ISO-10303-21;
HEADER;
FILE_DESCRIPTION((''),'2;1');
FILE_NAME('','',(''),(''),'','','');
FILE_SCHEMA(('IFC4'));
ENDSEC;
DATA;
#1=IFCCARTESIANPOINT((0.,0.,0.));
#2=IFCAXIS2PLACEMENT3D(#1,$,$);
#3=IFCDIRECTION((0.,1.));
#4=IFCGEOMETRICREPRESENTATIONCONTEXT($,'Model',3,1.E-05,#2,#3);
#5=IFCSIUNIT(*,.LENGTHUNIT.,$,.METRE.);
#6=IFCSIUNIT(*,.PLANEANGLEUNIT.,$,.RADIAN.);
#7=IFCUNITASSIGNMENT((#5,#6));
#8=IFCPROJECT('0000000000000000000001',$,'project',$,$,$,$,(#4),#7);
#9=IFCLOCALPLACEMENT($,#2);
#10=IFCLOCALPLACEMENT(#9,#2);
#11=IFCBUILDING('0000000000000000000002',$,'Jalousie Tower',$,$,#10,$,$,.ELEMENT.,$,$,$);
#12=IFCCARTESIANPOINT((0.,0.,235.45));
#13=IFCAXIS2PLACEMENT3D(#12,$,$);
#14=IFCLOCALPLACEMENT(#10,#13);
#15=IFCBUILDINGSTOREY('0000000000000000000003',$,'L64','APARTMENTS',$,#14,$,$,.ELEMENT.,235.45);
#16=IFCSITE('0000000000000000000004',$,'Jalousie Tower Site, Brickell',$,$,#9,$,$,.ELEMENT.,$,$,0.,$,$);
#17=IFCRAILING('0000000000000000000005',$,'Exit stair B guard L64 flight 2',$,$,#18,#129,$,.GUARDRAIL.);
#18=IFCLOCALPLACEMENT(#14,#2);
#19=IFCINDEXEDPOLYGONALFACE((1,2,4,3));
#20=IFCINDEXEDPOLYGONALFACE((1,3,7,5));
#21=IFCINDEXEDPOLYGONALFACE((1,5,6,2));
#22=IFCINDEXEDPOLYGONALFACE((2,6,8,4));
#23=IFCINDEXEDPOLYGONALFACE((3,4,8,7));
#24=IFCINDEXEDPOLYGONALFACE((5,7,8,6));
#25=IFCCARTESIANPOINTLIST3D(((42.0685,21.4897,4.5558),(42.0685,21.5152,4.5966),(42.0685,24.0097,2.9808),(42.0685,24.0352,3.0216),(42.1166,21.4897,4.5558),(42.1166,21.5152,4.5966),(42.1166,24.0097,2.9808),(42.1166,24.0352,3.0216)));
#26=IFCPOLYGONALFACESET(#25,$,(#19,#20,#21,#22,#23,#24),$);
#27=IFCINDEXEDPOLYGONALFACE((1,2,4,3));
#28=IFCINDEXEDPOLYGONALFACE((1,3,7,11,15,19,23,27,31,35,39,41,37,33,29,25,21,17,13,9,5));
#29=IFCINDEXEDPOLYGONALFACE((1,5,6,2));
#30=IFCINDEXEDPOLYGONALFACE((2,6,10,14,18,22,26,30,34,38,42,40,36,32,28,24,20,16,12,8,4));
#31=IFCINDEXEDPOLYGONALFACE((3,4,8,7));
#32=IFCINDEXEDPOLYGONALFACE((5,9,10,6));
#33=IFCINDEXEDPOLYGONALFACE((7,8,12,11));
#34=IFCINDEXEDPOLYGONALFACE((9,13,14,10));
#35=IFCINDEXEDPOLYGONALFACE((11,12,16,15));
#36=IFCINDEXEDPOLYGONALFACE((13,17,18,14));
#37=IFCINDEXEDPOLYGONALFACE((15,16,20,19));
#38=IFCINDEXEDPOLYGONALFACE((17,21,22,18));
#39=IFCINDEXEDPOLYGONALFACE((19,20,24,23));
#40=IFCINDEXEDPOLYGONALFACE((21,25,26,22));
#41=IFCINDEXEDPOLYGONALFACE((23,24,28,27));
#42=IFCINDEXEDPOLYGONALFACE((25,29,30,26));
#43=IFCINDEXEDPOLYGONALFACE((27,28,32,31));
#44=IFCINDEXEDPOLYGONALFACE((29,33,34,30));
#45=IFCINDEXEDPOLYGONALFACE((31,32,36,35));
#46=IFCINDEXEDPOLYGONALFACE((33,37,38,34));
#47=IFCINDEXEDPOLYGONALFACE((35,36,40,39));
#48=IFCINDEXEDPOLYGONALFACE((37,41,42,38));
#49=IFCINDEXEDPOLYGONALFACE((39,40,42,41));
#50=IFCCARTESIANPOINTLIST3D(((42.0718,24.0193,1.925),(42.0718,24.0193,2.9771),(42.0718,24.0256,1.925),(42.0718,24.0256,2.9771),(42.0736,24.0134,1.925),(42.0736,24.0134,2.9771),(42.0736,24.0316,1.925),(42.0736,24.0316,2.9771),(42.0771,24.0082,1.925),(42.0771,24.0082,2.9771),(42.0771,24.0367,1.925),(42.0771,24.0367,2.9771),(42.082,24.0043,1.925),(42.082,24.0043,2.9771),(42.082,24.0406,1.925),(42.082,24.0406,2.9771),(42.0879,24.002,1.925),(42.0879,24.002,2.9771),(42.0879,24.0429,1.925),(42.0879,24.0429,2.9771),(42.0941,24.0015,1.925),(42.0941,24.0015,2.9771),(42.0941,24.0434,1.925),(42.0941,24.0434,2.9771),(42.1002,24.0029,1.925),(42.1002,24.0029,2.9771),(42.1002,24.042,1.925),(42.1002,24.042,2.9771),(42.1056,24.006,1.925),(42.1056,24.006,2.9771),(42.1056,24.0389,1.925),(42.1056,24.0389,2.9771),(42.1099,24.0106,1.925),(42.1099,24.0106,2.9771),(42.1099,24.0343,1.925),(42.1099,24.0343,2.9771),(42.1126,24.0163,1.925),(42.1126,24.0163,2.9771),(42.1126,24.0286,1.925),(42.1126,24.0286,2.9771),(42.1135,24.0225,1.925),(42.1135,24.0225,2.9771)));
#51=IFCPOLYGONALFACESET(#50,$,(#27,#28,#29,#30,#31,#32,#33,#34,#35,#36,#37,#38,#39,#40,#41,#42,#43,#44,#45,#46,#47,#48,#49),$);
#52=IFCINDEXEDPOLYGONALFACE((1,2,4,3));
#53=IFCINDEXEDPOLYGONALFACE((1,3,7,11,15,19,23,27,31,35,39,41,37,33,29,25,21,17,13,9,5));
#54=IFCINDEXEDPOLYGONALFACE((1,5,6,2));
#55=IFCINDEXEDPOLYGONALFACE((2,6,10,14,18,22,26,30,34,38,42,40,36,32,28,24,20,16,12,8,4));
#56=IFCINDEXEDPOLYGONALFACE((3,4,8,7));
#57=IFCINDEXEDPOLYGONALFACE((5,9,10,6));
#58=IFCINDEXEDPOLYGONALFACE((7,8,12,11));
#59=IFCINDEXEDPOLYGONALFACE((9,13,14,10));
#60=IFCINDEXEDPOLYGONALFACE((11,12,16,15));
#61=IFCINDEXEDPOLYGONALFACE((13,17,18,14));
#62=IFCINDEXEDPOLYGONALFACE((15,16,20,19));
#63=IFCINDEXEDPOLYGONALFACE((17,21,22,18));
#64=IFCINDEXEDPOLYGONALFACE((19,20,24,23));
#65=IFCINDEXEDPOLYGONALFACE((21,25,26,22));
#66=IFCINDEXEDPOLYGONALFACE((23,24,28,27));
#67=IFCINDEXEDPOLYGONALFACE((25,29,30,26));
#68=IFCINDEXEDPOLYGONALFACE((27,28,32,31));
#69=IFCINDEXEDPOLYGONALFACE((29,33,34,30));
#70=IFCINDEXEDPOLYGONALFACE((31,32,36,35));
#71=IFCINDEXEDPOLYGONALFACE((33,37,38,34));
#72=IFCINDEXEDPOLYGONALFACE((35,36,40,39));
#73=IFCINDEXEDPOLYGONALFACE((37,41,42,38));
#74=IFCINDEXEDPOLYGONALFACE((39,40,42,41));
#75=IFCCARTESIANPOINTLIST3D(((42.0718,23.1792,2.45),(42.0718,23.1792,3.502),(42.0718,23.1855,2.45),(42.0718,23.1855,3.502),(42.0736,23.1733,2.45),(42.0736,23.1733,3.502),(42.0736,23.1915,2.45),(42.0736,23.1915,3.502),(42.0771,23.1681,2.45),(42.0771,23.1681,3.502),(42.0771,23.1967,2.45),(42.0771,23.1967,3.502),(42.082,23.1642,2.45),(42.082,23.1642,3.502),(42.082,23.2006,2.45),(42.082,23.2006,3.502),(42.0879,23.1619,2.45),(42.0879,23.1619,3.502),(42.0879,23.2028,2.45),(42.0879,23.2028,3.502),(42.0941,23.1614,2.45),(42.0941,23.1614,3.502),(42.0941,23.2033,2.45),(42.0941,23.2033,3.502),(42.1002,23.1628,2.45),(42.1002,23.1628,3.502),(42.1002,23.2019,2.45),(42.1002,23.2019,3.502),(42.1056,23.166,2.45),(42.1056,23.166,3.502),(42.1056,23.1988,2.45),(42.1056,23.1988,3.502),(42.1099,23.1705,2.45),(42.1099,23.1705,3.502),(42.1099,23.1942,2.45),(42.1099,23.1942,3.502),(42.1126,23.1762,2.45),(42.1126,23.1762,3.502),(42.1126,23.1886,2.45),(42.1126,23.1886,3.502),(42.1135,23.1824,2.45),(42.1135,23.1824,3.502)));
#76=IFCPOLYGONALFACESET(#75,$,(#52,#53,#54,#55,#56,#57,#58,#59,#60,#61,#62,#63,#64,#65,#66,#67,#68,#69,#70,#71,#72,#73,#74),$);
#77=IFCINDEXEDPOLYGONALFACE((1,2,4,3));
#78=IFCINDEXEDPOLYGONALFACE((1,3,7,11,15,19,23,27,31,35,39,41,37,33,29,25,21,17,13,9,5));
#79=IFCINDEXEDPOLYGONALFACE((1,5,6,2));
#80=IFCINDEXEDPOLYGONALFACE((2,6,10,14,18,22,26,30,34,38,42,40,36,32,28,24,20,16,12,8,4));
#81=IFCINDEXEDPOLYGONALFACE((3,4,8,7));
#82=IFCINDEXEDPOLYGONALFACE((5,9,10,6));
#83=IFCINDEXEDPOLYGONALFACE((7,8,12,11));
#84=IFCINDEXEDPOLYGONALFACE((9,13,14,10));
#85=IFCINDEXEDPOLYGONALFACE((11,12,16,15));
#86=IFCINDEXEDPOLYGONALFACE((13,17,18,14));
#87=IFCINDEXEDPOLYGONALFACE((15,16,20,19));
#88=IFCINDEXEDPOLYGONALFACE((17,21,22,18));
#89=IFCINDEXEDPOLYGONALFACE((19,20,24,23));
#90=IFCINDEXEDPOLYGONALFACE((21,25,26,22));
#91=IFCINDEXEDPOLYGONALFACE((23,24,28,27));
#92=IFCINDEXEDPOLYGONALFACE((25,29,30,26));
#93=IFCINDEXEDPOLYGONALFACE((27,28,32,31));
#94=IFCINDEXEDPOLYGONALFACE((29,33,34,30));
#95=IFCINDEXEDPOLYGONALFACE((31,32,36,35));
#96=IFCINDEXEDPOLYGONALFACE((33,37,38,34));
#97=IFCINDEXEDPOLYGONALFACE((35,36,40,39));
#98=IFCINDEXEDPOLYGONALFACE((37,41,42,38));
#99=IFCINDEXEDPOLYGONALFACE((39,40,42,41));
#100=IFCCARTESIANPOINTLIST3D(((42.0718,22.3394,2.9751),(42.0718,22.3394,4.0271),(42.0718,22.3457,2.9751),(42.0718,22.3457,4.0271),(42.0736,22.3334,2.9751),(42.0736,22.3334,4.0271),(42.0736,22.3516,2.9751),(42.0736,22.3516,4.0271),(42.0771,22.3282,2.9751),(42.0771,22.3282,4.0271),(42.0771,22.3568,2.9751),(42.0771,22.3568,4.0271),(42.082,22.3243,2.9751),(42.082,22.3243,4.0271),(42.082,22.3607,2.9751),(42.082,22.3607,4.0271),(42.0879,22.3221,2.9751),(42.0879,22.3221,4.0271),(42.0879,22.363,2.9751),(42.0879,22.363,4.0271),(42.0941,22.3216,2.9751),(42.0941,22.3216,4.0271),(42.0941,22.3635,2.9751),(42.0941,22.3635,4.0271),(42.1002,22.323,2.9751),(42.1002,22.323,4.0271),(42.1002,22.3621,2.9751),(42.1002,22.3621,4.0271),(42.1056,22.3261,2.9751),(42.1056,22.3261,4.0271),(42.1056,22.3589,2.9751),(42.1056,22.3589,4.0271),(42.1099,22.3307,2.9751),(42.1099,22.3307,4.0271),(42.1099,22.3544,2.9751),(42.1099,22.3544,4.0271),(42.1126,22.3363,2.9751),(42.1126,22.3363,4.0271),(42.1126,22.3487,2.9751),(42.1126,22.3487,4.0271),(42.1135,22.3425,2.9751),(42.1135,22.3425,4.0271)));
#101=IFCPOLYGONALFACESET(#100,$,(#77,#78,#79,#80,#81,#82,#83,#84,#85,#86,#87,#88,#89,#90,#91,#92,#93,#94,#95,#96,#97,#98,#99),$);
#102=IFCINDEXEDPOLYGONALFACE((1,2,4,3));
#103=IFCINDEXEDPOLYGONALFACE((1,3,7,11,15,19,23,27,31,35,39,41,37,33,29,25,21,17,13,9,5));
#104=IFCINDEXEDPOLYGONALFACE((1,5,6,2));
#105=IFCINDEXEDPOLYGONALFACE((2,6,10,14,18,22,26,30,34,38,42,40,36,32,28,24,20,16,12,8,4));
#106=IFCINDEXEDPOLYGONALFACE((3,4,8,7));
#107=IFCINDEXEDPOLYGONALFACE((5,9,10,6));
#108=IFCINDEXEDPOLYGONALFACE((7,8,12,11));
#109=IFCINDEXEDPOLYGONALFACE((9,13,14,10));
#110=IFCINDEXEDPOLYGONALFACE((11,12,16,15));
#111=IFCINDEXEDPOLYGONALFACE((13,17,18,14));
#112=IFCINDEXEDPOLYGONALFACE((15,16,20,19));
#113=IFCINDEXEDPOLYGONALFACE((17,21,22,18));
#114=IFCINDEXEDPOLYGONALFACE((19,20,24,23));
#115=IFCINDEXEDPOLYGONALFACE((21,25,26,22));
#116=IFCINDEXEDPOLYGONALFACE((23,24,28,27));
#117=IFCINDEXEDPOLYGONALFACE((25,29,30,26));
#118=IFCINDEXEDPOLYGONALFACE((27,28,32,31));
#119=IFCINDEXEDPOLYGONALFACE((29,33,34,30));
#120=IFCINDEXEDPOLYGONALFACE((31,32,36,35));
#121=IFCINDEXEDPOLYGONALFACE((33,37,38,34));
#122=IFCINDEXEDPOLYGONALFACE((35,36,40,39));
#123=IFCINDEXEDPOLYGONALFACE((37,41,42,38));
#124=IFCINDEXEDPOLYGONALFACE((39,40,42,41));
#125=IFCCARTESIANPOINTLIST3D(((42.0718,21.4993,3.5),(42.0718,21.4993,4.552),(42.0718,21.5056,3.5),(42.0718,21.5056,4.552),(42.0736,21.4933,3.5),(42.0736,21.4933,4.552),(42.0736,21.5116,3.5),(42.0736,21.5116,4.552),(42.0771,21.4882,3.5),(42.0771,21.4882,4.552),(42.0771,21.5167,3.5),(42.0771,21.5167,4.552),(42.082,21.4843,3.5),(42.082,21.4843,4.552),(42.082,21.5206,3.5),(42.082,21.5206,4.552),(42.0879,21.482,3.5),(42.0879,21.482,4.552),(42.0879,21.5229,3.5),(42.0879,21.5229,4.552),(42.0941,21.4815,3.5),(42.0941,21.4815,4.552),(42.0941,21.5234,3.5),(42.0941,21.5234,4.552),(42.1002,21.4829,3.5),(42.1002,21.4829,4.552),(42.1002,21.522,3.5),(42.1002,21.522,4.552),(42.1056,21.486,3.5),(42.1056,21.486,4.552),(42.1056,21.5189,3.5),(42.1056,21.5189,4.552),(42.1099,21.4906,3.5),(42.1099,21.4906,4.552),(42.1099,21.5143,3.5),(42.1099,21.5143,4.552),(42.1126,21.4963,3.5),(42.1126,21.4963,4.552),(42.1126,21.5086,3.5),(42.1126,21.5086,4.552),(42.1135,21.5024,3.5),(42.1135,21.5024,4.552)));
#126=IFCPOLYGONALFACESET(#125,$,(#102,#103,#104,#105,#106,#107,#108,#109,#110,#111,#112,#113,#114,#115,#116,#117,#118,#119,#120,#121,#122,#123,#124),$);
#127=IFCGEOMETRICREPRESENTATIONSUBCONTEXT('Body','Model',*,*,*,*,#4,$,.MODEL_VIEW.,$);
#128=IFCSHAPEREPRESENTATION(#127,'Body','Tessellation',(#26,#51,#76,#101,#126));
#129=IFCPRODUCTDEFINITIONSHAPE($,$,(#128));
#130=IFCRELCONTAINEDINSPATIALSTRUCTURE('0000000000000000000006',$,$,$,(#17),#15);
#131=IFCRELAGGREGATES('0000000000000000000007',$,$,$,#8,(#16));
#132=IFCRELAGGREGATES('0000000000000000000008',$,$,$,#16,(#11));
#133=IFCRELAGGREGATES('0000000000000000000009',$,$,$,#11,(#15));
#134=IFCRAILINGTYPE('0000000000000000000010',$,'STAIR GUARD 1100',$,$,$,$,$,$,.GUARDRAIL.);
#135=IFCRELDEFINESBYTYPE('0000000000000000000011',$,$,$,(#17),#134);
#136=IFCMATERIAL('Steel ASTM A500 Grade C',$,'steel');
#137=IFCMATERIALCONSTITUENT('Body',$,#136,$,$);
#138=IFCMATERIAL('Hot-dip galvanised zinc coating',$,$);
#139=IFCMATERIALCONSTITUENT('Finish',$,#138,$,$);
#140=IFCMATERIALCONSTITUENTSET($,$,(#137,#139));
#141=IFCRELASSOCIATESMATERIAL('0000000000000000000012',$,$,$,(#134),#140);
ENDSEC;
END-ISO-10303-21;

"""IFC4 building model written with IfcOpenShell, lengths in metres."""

from ifc_helpers import new_model, si_unit, direction, frame, origin, origin_2d, place, context, subcontext, project, spatial, rectangle, circle, extrude, material, constituent, constituent_set, type_object, element, save


model = new_model("IFC4")

# Units and contexts
model_context = context("Model", 3, precision=1e-05, world=origin(), true_north=direction((0.0, 1.0)))
body_context = subcontext(model_context, "Body", "Model", "MODEL_VIEW")
ifc_project = project(units=[si_unit("LENGTHUNIT", "METRE"), si_unit("PLANEANGLEUNIT", "RADIAN")], contexts=[model_context])

# Site, building, storey
site_placement = place(None, origin())
site = spatial("IfcSite", under=ifc_project, at=site_placement, Name="Jalousie Tower Site, Brickell", CompositionType="ELEMENT", RefElevation=0.0)
building_placement = place(site_placement, origin())
building = spatial("IfcBuilding", under=site, at=building_placement, Name="Jalousie Tower", CompositionType="ELEMENT")
storey_placement = place(building_placement, frame((0.0, 0.0, 235.45)))
storey = spatial("IfcBuildingStorey", under=building, at=storey_placement, Name="L64", Description="APARTMENTS", CompositionType="ELEMENT", Elevation=235.45)

# Railing
ifc_material_1 = material(Name="Steel ASTM A500 Grade C", Category="steel")
ifc_constituent_1 = constituent(ifc_material_1, Name="Body")
ifc_material_2 = material(Name="Hot-dip galvanised zinc coating")
ifc_constituent_2 = constituent(ifc_material_2, Name="Finish")
ifc_constituent_set_1 = constituent_set(constituents=[ifc_constituent_1, ifc_constituent_2])
railing_type_1 = type_object("IfcRailingType", Name="STAIR GUARD 1100", PredefinedType="GUARDRAIL", material=ifc_constituent_set_1)
railing_1_placement = place(storey_placement, frame((42.0925, 24.0225, 1.925)))
element("IfcRailing", 1, at=railing_1_placement, inside=storey, type_object=railing_type_1, Name="Exit stair B guard L64 flight 2", PredefinedType="GUARDRAIL", context=body_context, shape_type="SweptSolid", body=[
    extrude(rectangle(XDim=0.0481, YDim=0.0481, at=origin_2d()), frame((0.0, 0.0, 1.0762), z_axis=(0.0, -0.848008, 0.529984), x_axis=(1.0, 0.0, 0.0)), (0.0, 0.0, 1.0), 2.9717),
    extrude(circle(Radius=0.021, at=origin_2d()), origin(), (0.0, 0.0, 1.0), 1.052),
    extrude(circle(Radius=0.021, at=origin_2d()), frame((0.0, -0.8401, 0.5249)), (0.0, 0.0, 1.0), 1.052),
    extrude(circle(Radius=0.021, at=origin_2d()), frame((0.0, -1.6799, 1.05)), (0.0, 0.0, 1.0), 1.052),
    extrude(circle(Radius=0.021, at=origin_2d()), frame((0.0, -2.52, 1.575)), (0.0, 0.0, 1.0), 1.052),
])

save(model, "model.ifc")
